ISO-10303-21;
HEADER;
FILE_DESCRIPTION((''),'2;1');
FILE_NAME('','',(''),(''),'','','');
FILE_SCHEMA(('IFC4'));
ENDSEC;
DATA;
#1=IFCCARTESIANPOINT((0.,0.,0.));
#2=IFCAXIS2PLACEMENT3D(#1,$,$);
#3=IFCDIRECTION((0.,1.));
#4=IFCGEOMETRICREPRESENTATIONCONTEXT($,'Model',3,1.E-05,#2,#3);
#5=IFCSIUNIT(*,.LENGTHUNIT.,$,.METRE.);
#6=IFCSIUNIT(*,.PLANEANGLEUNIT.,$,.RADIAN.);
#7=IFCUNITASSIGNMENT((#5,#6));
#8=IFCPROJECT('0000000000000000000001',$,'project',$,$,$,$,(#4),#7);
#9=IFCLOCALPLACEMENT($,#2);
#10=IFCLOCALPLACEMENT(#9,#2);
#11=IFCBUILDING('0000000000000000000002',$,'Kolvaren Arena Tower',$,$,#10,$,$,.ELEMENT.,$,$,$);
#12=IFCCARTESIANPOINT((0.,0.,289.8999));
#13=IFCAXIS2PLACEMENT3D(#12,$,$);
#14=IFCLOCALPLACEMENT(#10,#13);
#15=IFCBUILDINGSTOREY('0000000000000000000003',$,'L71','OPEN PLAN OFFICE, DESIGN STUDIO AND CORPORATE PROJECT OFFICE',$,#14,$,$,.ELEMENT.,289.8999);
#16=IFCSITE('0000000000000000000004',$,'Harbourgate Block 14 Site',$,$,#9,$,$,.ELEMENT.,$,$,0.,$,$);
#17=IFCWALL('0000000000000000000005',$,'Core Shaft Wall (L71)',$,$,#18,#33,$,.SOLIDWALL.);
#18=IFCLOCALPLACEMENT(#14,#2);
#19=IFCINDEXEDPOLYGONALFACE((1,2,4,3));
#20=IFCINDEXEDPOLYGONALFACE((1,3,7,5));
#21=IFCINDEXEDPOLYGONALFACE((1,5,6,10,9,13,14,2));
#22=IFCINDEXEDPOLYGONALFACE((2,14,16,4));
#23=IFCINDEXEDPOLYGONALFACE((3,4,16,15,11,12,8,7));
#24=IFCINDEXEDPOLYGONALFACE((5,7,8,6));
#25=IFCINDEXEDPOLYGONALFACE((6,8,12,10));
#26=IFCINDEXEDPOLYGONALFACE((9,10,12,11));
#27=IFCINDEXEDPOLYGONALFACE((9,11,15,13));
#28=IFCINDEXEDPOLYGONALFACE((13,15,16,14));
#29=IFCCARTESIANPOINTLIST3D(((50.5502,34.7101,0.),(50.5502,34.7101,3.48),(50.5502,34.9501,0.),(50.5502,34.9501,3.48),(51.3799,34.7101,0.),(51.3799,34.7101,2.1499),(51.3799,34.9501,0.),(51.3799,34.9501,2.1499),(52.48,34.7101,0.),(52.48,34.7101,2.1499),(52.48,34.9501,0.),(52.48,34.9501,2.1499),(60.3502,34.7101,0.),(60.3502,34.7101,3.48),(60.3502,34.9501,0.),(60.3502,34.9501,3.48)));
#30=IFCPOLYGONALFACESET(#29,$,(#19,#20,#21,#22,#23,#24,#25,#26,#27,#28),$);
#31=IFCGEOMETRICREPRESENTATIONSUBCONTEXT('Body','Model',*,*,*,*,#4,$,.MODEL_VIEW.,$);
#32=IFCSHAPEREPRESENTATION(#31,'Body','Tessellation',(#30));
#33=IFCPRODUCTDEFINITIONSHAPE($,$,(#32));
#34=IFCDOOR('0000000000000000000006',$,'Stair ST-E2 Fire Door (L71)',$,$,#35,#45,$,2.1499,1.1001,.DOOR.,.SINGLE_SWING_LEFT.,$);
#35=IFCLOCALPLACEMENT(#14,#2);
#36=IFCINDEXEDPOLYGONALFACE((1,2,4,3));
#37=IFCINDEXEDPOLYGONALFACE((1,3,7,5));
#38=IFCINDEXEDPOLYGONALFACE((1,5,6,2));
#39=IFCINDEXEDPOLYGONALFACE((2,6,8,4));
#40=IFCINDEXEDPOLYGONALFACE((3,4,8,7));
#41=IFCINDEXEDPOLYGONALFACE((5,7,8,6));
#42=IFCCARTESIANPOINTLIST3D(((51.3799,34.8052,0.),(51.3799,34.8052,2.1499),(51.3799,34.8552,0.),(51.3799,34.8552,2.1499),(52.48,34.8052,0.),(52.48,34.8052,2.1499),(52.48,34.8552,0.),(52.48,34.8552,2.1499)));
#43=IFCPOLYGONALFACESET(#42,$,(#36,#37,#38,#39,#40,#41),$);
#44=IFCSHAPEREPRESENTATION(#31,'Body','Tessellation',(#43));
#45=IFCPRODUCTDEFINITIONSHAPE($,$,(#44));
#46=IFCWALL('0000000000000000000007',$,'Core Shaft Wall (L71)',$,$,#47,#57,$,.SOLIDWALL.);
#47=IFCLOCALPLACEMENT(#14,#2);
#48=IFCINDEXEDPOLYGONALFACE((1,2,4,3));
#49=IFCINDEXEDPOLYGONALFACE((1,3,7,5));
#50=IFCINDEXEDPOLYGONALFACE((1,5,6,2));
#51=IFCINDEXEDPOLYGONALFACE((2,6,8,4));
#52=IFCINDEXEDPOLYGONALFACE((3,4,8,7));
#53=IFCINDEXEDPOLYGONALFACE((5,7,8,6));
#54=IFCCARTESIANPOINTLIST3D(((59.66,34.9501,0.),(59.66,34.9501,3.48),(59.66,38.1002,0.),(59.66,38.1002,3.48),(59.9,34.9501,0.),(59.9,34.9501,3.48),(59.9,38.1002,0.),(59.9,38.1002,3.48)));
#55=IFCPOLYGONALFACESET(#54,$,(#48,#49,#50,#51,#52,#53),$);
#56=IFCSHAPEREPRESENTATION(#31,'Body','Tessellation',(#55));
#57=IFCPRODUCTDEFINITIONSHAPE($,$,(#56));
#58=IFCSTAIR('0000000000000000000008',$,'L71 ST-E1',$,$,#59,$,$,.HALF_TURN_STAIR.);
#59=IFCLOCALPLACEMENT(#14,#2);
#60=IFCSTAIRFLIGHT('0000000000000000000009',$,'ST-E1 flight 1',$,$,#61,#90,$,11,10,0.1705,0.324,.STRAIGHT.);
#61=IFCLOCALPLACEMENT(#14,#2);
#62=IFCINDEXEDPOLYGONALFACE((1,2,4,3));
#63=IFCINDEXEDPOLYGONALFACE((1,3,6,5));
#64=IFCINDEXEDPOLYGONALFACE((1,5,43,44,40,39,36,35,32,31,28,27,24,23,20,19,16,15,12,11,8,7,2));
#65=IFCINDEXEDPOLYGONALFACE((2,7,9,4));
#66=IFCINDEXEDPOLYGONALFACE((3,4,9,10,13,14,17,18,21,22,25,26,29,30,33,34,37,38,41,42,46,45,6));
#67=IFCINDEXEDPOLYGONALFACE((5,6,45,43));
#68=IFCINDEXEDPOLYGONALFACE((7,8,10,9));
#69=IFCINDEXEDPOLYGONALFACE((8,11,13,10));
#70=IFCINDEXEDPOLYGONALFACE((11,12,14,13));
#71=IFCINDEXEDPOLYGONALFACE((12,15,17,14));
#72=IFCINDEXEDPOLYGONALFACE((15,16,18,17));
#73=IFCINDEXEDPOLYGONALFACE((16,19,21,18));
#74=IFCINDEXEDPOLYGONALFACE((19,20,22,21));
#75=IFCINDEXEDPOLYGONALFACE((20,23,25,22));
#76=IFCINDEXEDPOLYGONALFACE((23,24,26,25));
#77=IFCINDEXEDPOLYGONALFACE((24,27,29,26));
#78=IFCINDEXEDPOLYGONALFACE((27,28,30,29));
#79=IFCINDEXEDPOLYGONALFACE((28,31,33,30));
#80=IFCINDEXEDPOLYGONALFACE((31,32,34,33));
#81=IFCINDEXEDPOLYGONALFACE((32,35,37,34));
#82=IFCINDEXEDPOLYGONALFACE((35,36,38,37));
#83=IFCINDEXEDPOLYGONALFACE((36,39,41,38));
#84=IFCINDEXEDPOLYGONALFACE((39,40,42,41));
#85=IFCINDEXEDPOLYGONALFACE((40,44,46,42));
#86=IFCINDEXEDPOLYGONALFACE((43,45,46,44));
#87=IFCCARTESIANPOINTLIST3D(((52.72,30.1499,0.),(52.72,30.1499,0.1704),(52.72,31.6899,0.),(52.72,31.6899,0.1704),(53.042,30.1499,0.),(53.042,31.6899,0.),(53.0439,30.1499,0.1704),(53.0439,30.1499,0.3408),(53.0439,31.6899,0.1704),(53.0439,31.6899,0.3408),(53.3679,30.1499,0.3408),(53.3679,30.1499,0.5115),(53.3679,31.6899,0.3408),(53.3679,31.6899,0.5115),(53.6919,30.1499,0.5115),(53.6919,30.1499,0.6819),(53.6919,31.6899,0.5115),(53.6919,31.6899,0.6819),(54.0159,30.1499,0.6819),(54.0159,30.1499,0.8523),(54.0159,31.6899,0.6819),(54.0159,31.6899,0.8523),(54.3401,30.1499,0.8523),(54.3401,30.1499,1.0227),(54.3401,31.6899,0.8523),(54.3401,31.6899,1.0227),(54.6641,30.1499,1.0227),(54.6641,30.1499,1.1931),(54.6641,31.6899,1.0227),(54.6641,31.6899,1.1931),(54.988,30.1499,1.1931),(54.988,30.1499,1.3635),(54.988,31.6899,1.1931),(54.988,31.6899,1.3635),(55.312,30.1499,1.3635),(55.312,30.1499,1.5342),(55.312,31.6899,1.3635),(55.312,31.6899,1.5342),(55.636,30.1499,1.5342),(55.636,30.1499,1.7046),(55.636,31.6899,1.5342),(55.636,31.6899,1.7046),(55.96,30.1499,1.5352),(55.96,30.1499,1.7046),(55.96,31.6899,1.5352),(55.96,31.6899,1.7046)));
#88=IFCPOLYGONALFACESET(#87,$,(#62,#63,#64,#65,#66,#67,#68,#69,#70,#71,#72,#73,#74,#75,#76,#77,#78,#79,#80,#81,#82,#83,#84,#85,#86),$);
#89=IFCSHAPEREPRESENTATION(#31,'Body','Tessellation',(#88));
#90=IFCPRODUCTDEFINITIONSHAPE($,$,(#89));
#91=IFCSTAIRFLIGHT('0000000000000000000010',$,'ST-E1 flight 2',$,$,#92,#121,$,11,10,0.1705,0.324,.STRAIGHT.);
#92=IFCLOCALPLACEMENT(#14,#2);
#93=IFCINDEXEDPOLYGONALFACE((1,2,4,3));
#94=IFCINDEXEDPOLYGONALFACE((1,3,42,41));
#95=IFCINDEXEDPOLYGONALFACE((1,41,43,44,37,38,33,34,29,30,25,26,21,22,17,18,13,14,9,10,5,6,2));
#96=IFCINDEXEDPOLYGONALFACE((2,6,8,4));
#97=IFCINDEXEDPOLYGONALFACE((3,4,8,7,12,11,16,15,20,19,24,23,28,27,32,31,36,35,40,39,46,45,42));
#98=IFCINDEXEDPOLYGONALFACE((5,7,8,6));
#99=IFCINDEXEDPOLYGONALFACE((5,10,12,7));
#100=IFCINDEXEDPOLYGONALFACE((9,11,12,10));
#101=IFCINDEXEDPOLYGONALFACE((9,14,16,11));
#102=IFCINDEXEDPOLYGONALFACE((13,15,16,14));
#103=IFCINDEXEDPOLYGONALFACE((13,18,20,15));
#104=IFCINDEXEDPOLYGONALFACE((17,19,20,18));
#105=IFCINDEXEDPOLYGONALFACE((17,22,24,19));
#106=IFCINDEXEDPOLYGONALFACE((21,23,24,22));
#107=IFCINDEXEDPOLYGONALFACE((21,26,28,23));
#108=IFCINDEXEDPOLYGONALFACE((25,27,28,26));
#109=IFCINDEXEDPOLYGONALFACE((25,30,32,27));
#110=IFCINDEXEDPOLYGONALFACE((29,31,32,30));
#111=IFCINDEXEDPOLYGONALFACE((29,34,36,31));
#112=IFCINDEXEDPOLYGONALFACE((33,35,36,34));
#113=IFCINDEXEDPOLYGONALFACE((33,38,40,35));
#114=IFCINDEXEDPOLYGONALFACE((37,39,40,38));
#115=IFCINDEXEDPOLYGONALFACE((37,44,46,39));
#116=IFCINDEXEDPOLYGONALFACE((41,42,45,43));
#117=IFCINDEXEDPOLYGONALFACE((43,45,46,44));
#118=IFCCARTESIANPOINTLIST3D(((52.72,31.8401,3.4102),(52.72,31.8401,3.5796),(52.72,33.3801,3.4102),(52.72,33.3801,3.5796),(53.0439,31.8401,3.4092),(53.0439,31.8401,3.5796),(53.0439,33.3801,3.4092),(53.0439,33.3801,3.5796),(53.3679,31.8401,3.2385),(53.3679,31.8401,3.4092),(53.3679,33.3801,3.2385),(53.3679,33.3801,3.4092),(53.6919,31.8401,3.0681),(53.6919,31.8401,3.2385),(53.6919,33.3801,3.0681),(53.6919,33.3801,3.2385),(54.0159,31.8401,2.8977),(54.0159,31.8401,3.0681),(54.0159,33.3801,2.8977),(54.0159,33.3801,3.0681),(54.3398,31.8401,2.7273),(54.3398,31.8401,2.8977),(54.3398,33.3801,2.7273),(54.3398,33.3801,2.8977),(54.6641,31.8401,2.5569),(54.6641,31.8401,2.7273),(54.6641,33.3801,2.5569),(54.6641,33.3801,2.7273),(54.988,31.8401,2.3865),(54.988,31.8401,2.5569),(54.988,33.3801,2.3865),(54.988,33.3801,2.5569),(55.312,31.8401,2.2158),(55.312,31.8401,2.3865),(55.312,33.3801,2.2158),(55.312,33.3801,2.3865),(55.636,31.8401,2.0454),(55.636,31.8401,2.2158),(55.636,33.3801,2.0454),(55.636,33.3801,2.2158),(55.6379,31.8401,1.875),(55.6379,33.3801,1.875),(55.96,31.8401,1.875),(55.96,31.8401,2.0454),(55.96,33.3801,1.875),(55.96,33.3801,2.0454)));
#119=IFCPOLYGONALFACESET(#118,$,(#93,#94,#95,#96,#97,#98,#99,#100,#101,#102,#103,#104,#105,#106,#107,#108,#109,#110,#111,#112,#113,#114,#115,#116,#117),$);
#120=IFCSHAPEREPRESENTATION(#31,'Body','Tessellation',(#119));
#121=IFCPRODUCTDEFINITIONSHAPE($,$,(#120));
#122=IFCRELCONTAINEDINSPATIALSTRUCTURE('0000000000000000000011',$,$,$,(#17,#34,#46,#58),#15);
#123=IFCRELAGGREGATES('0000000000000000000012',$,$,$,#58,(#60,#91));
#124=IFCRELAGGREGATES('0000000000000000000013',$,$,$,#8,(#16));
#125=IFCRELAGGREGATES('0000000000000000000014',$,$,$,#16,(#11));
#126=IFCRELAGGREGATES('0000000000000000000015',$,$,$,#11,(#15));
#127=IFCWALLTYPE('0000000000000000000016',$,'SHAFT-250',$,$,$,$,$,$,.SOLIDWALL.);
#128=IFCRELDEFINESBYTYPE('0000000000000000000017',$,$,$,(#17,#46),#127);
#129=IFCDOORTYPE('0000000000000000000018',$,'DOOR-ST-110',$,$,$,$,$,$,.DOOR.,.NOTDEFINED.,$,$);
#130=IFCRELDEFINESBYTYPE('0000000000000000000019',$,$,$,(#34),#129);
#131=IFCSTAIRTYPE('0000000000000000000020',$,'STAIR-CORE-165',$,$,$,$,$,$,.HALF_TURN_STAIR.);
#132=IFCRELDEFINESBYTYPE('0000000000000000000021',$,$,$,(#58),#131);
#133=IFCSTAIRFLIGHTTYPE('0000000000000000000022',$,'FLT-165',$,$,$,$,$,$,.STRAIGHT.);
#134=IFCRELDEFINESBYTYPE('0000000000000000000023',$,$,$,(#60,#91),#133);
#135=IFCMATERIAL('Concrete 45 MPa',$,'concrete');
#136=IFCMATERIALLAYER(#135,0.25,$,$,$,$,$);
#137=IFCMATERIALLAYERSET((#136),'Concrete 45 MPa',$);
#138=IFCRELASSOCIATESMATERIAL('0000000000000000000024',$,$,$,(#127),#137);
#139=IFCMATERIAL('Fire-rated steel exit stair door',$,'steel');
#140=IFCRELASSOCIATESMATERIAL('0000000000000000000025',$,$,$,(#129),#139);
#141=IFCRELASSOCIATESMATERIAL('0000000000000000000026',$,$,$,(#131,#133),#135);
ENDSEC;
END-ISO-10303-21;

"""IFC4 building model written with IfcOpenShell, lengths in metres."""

from ifc_helpers import new_model, si_unit, direction, frame, frame_2d, origin, place, context, subcontext, project, spatial, polyline, rectangle, outline, extrude, material, layer, layer_set, type_object, element, fill, aggregate, save


model = new_model("IFC4")

# Units and contexts
model_context = context("Model", 3, precision=1e-05, world=origin(), true_north=direction((0.0, 1.0)))
body_context = subcontext(model_context, "Body", "Model", "MODEL_VIEW")
ifc_project = project(units=[si_unit("LENGTHUNIT", "METRE"), si_unit("PLANEANGLEUNIT", "RADIAN")], contexts=[model_context])

# Site, building, storey
site_placement = place(None, origin())
site = spatial("IfcSite", under=ifc_project, at=site_placement, Name="Harbourgate Block 14 Site", CompositionType="ELEMENT", RefElevation=0.0)
building_placement = place(site_placement, origin())
building = spatial("IfcBuilding", under=site, at=building_placement, Name="Kolvaren Arena Tower", CompositionType="ELEMENT")
storey_placement = place(building_placement, frame((0.0, 0.0, 289.8999)))
storey = spatial("IfcBuildingStorey", under=building, at=storey_placement, Name="L71", Description="OPEN PLAN OFFICE, DESIGN STUDIO AND CORPORATE PROJECT OFFICE", CompositionType="ELEMENT", Elevation=289.8999)

# Shared definitions
ifc_material_1 = material(Name="Concrete 45 MPa", Category="concrete")
ifc_layer = layer(ifc_material_1, 0.25)
ifc_layer_set = layer_set([ifc_layer], Name="Concrete 45 MPa")
wall_type = type_object("IfcWallType", Name="SHAFT-250", PredefinedType="SOLIDWALL", material=ifc_layer_set)
ifc_material_2 = material(Name="Fire-rated steel exit stair door", Category="steel")
door_type = type_object("IfcDoorType", Name="DOOR-ST-110", OperationType="NOTDEFINED", PredefinedType="DOOR", material=ifc_material_2)

# Wall, opening, door
wall_1_placement = place(storey_placement, frame((60.3501, 34.8301, 0.0), z_axis=(0.0, 0.0, 1.0), x_axis=(-1.0, 0.0, 0.0)))
wall_1 = element("IfcWall", 1, at=wall_1_placement, inside=storey, type_object=wall_type, Name="Core Shaft Wall (L71)", PredefinedType="SOLIDWALL", context=body_context, shape_type="SweptSolid", body=[
    extrude(rectangle(XDim=9.8, YDim=0.24, at=frame_2d((4.8999, 0.0))), origin(), (0.0, 0.0, 1.0), 3.48),
])
opening_1_placement = place(wall_1_placement, frame((7.8701, 0.0, 0.0)))
opening_1 = element("IfcOpeningElement", 2, at=opening_1_placement, cuts=wall_1, PredefinedType="OPENING", context=body_context, shape_type="SweptSolid", body=[
    extrude(rectangle(XDim=1.1001, YDim=2.1499, at=frame_2d((0.55, 1.075))), frame((0.0, 0.1299, 0.0), z_axis=(0.0, -1.0, 0.0), x_axis=(1.0, 0.0, 0.0)), (0.0, 0.0, 1.0), 0.26),
])
door_1_placement = place(opening_1_placement, origin())
door_1 = element("IfcDoor", 3, at=door_1_placement, inside=storey, type_object=door_type, Name="Stair ST-E2 Fire Door (L71)", OperationType="SINGLE_SWING_LEFT", OverallHeight=2.1499, OverallWidth=1.1001, PredefinedType="DOOR", context=body_context, shape_type="SweptSolid", body=[
    extrude(rectangle(XDim=1.1001, YDim=2.1499, at=frame_2d((0.55, 1.075))), frame((0.0, 0.0249, 0.0), z_axis=(0.0, -1.0, 0.0), x_axis=(1.0, 0.0, 0.0)), (0.0, 0.0, 1.0), 0.05),
])
fill(opening_1, door_1)

# Wall
wall_2_placement = place(storey_placement, frame((59.78, 34.95, 0.0), z_axis=(0.0, 0.0, 1.0), x_axis=(0.0, 1.0, 0.0)))
element("IfcWall", 4, at=wall_2_placement, inside=storey, type_object=wall_type, Name="Core Shaft Wall (L71)", PredefinedType="SOLIDWALL", context=body_context, shape_type="SweptSolid", body=[
    extrude(rectangle(XDim=3.1501, YDim=0.24, at=frame_2d((1.5752, 0.0))), origin(), (0.0, 0.0, 1.0), 3.48),
])

# Stair, stair flights
stair_type = type_object("IfcStairType", Name="STAIR-CORE-165", PredefinedType="HALF_TURN_STAIR", material=ifc_material_1)
stair_placement = place(storey_placement, origin())
stair = element("IfcStair", 5, at=stair_placement, inside=storey, type_object=stair_type, Name="L71 ST-E1", PredefinedType="HALF_TURN_STAIR")
stair_flight_type = type_object("IfcStairFlightType", Name="FLT-165", PredefinedType="STRAIGHT", material=ifc_material_1)
stair_flight_1_placement = place(storey_placement, frame((52.72, 30.9199, 0.0), z_axis=(0.0, 0.0, 1.0), x_axis=(1.0, 0.0, 0.0)))
stair_flight_1 = element("IfcStairFlight", 6, at=stair_flight_1_placement, type_object=stair_flight_type, Name="ST-E1 flight 1", NumberOfRisers=11, NumberOfTreads=10, PredefinedType="STRAIGHT", RiserHeight=0.1705, TreadLength=0.324, context=body_context, shape_type="SweptSolid", body=[
    extrude(outline(polyline([(0.0, 0.0), (0.0, 0.1704), (0.324, 0.1704), (0.324, 0.3408), (0.6479, 0.3408), (0.6479, 0.5115), (0.9719, 0.5115), (0.9719, 0.6819), (1.2959, 0.6819), (1.2959, 0.8523), (1.6201, 0.8523), (1.6201, 1.0227), (1.9441, 1.0227), (1.9441, 1.1931), (2.2681, 1.1931), (2.2681, 1.3635), (2.592, 1.3635), (2.592, 1.5342), (2.916, 1.5342), (2.916, 1.7046), (3.24, 1.7046), (3.24, 1.875), (3.24, 1.5352), (0.322, 0.0), (0.0, 0.0)])), frame((0.0, 0.77, 0.0), z_axis=(0.0, -1.0, 0.0), x_axis=(1.0, 0.0, 0.0)), (0.0, 0.0, 1.0), 1.54),
])
stair_flight_2_placement = place(storey_placement, frame((55.96, 32.6101, 1.875), z_axis=(0.0, 0.0, 1.0), x_axis=(-1.0, 0.0, 0.0)))
stair_flight_2 = element("IfcStairFlight", 7, at=stair_flight_2_placement, type_object=stair_flight_type, Name="ST-E1 flight 2", NumberOfRisers=11, NumberOfTreads=10, PredefinedType="STRAIGHT", RiserHeight=0.1705, TreadLength=0.324, context=body_context, shape_type="SweptSolid", body=[
    extrude(outline(polyline([(0.0, 0.0), (0.0, 0.1704), (0.324, 0.1704), (0.324, 0.3408), (0.6479, 0.3408), (0.6479, 0.5115), (0.9719, 0.5115), (0.9719, 0.6819), (1.2959, 0.6819), (1.2959, 0.8523), (1.6201, 0.8523), (1.6201, 1.0227), (1.9441, 1.0227), (1.9441, 1.1931), (2.2681, 1.1931), (2.2681, 1.3635), (2.592, 1.3635), (2.592, 1.5342), (2.916, 1.5342), (2.916, 1.7046), (3.24, 1.7046), (3.24, 1.875), (3.24, 1.5352), (0.322, 0.0), (0.0, 0.0)])), frame((0.0, 0.77, 0.0), z_axis=(0.0, -1.0, 0.0), x_axis=(1.0, 0.0, 0.0)), (0.0, 0.0, 1.0), 1.54),
])
aggregate(stair, [stair_flight_1, stair_flight_2])

save(model, "model.ifc")
